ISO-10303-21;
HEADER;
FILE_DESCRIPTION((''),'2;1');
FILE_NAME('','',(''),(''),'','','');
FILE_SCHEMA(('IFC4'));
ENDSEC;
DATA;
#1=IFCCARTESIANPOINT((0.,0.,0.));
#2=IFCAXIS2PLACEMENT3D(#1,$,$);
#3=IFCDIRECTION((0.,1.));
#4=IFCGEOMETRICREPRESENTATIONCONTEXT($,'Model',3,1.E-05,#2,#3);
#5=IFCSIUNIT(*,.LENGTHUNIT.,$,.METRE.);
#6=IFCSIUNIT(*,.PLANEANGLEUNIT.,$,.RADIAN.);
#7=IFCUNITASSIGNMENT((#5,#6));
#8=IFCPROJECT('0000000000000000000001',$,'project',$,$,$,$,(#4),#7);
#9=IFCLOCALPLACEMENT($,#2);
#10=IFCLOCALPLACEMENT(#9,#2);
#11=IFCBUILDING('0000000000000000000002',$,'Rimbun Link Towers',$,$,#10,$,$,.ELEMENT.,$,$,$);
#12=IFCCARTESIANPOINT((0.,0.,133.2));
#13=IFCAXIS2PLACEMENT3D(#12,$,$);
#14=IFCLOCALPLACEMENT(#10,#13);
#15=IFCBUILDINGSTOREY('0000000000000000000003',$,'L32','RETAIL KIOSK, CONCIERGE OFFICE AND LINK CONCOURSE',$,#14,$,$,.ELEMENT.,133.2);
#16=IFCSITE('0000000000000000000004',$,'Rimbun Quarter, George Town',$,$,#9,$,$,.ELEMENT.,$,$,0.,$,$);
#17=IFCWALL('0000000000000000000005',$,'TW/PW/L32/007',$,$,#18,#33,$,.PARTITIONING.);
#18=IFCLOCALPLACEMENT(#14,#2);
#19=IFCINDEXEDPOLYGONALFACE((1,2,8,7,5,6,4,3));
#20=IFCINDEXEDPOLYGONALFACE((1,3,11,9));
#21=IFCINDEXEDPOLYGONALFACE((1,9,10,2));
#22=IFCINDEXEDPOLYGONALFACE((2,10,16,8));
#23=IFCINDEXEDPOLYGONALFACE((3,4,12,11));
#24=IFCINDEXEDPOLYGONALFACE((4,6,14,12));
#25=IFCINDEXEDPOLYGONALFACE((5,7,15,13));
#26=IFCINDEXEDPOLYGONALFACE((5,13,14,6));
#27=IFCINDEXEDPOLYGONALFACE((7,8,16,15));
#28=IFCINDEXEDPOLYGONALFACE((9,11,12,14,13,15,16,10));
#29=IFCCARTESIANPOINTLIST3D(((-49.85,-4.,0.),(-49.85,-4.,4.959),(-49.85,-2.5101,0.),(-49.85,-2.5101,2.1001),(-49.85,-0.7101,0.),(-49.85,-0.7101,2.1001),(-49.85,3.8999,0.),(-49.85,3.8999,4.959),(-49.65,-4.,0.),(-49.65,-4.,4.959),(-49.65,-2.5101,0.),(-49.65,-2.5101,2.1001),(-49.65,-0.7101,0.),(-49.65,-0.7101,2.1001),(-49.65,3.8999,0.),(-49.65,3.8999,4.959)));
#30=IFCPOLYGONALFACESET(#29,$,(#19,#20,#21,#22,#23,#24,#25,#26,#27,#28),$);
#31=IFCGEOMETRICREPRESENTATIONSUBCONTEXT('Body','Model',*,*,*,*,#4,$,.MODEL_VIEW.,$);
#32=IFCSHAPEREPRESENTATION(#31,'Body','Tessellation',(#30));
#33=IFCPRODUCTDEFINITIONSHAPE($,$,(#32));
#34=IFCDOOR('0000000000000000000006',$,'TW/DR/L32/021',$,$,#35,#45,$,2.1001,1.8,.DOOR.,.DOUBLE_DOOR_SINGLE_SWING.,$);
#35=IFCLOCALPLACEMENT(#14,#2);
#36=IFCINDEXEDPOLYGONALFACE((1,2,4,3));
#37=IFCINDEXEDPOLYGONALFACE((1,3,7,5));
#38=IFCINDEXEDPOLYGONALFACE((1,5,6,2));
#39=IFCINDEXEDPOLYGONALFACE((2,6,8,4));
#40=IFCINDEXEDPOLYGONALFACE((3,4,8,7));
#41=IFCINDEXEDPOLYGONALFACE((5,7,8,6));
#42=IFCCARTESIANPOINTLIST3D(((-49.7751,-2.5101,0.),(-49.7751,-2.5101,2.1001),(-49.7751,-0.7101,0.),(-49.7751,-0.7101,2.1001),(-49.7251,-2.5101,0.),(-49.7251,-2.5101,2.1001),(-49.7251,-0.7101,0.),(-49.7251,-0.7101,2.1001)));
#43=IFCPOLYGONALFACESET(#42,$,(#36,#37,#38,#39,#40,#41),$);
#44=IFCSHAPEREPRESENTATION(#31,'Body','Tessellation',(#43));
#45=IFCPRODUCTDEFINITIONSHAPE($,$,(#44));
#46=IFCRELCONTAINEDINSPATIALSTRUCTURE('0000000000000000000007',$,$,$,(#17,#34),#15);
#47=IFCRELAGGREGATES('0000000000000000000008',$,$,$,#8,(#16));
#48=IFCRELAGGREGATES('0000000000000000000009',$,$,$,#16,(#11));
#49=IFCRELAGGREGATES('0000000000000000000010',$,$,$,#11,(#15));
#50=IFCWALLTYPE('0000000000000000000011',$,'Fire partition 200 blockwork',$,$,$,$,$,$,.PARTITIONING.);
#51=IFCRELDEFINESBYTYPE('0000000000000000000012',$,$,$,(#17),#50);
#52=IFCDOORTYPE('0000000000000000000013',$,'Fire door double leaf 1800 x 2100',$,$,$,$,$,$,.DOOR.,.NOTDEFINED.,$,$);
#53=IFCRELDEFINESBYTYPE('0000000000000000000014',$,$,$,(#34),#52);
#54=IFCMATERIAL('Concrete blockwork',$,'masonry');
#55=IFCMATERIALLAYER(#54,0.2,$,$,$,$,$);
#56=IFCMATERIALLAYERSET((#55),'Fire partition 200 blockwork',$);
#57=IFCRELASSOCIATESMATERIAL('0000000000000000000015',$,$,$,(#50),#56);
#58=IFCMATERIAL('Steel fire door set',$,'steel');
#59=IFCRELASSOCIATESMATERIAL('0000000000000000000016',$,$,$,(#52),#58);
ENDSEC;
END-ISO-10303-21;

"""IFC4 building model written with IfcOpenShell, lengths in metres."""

from ifc_helpers import new_model, si_unit, direction, frame, frame_2d, origin, place, context, subcontext, project, spatial, rectangle, extrude, material, layer, layer_set, type_object, element, fill, save


model = new_model("IFC4")

# Units and contexts
model_context = context("Model", 3, precision=1e-05, world=origin(), true_north=direction((0.0, 1.0)))
body_context = subcontext(model_context, "Body", "Model", "MODEL_VIEW")
ifc_project = project(units=[si_unit("LENGTHUNIT", "METRE"), si_unit("PLANEANGLEUNIT", "RADIAN")], contexts=[model_context])

# Site, building, storey
site_placement = place(None, origin())
site = spatial("IfcSite", under=ifc_project, at=site_placement, Name="Rimbun Quarter, George Town", CompositionType="ELEMENT", RefElevation=0.0)
building_placement = place(site_placement, origin())
building = spatial("IfcBuilding", under=site, at=building_placement, Name="Rimbun Link Towers", CompositionType="ELEMENT")
storey_placement = place(building_placement, frame((0.0, 0.0, 133.2)))
storey = spatial("IfcBuildingStorey", under=building, at=storey_placement, Name="L32", Description="RETAIL KIOSK, CONCIERGE OFFICE AND LINK CONCOURSE", CompositionType="ELEMENT", Elevation=133.2)

# Shared definitions
ifc_material_1 = material(Name="Concrete blockwork", Category="masonry")
ifc_layer_1 = layer(ifc_material_1, 0.2)
ifc_layer_set_1 = layer_set([ifc_layer_1], Name="Fire partition 200 blockwork")
wall_type_1 = type_object("IfcWallType", Name="Fire partition 200 blockwork", PredefinedType="PARTITIONING", material=ifc_layer_set_1)

# Wall, opening, door
wall_1_placement = place(storey_placement, frame((-49.75, 3.8999, 0.0), z_axis=(0.0, 0.0, 1.0), x_axis=(0.0, -1.0, 0.0)))
wall_1 = element("IfcWall", 1, at=wall_1_placement, inside=storey, type_object=wall_type_1, Name="TW/PW/L32/007", PredefinedType="PARTITIONING", context=body_context, shape_type="SweptSolid", body=[
    extrude(rectangle(XDim=7.8999, YDim=0.2, at=frame_2d((3.95, 0.0))), origin(), (0.0, 0.0, 1.0), 4.959),
])
opening_1_placement = place(wall_1_placement, frame((4.6101, 0.0, 0.0)))
opening_1 = element("IfcOpeningElement", 2, at=opening_1_placement, cuts=wall_1, PredefinedType="OPENING", context=body_context, shape_type="SweptSolid", body=[
    extrude(rectangle(XDim=1.8, YDim=2.1001, at=frame_2d((0.8999, 1.05))), frame((0.0, 0.1099, 0.0), z_axis=(0.0, -1.0, 0.0), x_axis=(1.0, 0.0, 0.0)), (0.0, 0.0, 1.0), 0.22),
])
ifc_material_2 = material(Name="Steel fire door set", Category="steel")
door_type = type_object("IfcDoorType", Name="Fire door double leaf 1800 x 2100", OperationType="NOTDEFINED", PredefinedType="DOOR", material=ifc_material_2)
door_placement = place(opening_1_placement, origin())
door = element("IfcDoor", 3, at=door_placement, inside=storey, type_object=door_type, Name="TW/DR/L32/021", OperationType="DOUBLE_DOOR_SINGLE_SWING", OverallHeight=2.1001, OverallWidth=1.8, PredefinedType="DOOR", context=body_context, shape_type="SweptSolid", body=[
    extrude(rectangle(XDim=1.8, YDim=2.1001, at=frame_2d((0.8999, 1.05))), frame((0.0, 0.0249, 0.0), z_axis=(0.0, -1.0, 0.0), x_axis=(1.0, 0.0, 0.0)), (0.0, 0.0, 1.0), 0.05),
])
fill(opening_1, door)

save(model, "model.ifc")
